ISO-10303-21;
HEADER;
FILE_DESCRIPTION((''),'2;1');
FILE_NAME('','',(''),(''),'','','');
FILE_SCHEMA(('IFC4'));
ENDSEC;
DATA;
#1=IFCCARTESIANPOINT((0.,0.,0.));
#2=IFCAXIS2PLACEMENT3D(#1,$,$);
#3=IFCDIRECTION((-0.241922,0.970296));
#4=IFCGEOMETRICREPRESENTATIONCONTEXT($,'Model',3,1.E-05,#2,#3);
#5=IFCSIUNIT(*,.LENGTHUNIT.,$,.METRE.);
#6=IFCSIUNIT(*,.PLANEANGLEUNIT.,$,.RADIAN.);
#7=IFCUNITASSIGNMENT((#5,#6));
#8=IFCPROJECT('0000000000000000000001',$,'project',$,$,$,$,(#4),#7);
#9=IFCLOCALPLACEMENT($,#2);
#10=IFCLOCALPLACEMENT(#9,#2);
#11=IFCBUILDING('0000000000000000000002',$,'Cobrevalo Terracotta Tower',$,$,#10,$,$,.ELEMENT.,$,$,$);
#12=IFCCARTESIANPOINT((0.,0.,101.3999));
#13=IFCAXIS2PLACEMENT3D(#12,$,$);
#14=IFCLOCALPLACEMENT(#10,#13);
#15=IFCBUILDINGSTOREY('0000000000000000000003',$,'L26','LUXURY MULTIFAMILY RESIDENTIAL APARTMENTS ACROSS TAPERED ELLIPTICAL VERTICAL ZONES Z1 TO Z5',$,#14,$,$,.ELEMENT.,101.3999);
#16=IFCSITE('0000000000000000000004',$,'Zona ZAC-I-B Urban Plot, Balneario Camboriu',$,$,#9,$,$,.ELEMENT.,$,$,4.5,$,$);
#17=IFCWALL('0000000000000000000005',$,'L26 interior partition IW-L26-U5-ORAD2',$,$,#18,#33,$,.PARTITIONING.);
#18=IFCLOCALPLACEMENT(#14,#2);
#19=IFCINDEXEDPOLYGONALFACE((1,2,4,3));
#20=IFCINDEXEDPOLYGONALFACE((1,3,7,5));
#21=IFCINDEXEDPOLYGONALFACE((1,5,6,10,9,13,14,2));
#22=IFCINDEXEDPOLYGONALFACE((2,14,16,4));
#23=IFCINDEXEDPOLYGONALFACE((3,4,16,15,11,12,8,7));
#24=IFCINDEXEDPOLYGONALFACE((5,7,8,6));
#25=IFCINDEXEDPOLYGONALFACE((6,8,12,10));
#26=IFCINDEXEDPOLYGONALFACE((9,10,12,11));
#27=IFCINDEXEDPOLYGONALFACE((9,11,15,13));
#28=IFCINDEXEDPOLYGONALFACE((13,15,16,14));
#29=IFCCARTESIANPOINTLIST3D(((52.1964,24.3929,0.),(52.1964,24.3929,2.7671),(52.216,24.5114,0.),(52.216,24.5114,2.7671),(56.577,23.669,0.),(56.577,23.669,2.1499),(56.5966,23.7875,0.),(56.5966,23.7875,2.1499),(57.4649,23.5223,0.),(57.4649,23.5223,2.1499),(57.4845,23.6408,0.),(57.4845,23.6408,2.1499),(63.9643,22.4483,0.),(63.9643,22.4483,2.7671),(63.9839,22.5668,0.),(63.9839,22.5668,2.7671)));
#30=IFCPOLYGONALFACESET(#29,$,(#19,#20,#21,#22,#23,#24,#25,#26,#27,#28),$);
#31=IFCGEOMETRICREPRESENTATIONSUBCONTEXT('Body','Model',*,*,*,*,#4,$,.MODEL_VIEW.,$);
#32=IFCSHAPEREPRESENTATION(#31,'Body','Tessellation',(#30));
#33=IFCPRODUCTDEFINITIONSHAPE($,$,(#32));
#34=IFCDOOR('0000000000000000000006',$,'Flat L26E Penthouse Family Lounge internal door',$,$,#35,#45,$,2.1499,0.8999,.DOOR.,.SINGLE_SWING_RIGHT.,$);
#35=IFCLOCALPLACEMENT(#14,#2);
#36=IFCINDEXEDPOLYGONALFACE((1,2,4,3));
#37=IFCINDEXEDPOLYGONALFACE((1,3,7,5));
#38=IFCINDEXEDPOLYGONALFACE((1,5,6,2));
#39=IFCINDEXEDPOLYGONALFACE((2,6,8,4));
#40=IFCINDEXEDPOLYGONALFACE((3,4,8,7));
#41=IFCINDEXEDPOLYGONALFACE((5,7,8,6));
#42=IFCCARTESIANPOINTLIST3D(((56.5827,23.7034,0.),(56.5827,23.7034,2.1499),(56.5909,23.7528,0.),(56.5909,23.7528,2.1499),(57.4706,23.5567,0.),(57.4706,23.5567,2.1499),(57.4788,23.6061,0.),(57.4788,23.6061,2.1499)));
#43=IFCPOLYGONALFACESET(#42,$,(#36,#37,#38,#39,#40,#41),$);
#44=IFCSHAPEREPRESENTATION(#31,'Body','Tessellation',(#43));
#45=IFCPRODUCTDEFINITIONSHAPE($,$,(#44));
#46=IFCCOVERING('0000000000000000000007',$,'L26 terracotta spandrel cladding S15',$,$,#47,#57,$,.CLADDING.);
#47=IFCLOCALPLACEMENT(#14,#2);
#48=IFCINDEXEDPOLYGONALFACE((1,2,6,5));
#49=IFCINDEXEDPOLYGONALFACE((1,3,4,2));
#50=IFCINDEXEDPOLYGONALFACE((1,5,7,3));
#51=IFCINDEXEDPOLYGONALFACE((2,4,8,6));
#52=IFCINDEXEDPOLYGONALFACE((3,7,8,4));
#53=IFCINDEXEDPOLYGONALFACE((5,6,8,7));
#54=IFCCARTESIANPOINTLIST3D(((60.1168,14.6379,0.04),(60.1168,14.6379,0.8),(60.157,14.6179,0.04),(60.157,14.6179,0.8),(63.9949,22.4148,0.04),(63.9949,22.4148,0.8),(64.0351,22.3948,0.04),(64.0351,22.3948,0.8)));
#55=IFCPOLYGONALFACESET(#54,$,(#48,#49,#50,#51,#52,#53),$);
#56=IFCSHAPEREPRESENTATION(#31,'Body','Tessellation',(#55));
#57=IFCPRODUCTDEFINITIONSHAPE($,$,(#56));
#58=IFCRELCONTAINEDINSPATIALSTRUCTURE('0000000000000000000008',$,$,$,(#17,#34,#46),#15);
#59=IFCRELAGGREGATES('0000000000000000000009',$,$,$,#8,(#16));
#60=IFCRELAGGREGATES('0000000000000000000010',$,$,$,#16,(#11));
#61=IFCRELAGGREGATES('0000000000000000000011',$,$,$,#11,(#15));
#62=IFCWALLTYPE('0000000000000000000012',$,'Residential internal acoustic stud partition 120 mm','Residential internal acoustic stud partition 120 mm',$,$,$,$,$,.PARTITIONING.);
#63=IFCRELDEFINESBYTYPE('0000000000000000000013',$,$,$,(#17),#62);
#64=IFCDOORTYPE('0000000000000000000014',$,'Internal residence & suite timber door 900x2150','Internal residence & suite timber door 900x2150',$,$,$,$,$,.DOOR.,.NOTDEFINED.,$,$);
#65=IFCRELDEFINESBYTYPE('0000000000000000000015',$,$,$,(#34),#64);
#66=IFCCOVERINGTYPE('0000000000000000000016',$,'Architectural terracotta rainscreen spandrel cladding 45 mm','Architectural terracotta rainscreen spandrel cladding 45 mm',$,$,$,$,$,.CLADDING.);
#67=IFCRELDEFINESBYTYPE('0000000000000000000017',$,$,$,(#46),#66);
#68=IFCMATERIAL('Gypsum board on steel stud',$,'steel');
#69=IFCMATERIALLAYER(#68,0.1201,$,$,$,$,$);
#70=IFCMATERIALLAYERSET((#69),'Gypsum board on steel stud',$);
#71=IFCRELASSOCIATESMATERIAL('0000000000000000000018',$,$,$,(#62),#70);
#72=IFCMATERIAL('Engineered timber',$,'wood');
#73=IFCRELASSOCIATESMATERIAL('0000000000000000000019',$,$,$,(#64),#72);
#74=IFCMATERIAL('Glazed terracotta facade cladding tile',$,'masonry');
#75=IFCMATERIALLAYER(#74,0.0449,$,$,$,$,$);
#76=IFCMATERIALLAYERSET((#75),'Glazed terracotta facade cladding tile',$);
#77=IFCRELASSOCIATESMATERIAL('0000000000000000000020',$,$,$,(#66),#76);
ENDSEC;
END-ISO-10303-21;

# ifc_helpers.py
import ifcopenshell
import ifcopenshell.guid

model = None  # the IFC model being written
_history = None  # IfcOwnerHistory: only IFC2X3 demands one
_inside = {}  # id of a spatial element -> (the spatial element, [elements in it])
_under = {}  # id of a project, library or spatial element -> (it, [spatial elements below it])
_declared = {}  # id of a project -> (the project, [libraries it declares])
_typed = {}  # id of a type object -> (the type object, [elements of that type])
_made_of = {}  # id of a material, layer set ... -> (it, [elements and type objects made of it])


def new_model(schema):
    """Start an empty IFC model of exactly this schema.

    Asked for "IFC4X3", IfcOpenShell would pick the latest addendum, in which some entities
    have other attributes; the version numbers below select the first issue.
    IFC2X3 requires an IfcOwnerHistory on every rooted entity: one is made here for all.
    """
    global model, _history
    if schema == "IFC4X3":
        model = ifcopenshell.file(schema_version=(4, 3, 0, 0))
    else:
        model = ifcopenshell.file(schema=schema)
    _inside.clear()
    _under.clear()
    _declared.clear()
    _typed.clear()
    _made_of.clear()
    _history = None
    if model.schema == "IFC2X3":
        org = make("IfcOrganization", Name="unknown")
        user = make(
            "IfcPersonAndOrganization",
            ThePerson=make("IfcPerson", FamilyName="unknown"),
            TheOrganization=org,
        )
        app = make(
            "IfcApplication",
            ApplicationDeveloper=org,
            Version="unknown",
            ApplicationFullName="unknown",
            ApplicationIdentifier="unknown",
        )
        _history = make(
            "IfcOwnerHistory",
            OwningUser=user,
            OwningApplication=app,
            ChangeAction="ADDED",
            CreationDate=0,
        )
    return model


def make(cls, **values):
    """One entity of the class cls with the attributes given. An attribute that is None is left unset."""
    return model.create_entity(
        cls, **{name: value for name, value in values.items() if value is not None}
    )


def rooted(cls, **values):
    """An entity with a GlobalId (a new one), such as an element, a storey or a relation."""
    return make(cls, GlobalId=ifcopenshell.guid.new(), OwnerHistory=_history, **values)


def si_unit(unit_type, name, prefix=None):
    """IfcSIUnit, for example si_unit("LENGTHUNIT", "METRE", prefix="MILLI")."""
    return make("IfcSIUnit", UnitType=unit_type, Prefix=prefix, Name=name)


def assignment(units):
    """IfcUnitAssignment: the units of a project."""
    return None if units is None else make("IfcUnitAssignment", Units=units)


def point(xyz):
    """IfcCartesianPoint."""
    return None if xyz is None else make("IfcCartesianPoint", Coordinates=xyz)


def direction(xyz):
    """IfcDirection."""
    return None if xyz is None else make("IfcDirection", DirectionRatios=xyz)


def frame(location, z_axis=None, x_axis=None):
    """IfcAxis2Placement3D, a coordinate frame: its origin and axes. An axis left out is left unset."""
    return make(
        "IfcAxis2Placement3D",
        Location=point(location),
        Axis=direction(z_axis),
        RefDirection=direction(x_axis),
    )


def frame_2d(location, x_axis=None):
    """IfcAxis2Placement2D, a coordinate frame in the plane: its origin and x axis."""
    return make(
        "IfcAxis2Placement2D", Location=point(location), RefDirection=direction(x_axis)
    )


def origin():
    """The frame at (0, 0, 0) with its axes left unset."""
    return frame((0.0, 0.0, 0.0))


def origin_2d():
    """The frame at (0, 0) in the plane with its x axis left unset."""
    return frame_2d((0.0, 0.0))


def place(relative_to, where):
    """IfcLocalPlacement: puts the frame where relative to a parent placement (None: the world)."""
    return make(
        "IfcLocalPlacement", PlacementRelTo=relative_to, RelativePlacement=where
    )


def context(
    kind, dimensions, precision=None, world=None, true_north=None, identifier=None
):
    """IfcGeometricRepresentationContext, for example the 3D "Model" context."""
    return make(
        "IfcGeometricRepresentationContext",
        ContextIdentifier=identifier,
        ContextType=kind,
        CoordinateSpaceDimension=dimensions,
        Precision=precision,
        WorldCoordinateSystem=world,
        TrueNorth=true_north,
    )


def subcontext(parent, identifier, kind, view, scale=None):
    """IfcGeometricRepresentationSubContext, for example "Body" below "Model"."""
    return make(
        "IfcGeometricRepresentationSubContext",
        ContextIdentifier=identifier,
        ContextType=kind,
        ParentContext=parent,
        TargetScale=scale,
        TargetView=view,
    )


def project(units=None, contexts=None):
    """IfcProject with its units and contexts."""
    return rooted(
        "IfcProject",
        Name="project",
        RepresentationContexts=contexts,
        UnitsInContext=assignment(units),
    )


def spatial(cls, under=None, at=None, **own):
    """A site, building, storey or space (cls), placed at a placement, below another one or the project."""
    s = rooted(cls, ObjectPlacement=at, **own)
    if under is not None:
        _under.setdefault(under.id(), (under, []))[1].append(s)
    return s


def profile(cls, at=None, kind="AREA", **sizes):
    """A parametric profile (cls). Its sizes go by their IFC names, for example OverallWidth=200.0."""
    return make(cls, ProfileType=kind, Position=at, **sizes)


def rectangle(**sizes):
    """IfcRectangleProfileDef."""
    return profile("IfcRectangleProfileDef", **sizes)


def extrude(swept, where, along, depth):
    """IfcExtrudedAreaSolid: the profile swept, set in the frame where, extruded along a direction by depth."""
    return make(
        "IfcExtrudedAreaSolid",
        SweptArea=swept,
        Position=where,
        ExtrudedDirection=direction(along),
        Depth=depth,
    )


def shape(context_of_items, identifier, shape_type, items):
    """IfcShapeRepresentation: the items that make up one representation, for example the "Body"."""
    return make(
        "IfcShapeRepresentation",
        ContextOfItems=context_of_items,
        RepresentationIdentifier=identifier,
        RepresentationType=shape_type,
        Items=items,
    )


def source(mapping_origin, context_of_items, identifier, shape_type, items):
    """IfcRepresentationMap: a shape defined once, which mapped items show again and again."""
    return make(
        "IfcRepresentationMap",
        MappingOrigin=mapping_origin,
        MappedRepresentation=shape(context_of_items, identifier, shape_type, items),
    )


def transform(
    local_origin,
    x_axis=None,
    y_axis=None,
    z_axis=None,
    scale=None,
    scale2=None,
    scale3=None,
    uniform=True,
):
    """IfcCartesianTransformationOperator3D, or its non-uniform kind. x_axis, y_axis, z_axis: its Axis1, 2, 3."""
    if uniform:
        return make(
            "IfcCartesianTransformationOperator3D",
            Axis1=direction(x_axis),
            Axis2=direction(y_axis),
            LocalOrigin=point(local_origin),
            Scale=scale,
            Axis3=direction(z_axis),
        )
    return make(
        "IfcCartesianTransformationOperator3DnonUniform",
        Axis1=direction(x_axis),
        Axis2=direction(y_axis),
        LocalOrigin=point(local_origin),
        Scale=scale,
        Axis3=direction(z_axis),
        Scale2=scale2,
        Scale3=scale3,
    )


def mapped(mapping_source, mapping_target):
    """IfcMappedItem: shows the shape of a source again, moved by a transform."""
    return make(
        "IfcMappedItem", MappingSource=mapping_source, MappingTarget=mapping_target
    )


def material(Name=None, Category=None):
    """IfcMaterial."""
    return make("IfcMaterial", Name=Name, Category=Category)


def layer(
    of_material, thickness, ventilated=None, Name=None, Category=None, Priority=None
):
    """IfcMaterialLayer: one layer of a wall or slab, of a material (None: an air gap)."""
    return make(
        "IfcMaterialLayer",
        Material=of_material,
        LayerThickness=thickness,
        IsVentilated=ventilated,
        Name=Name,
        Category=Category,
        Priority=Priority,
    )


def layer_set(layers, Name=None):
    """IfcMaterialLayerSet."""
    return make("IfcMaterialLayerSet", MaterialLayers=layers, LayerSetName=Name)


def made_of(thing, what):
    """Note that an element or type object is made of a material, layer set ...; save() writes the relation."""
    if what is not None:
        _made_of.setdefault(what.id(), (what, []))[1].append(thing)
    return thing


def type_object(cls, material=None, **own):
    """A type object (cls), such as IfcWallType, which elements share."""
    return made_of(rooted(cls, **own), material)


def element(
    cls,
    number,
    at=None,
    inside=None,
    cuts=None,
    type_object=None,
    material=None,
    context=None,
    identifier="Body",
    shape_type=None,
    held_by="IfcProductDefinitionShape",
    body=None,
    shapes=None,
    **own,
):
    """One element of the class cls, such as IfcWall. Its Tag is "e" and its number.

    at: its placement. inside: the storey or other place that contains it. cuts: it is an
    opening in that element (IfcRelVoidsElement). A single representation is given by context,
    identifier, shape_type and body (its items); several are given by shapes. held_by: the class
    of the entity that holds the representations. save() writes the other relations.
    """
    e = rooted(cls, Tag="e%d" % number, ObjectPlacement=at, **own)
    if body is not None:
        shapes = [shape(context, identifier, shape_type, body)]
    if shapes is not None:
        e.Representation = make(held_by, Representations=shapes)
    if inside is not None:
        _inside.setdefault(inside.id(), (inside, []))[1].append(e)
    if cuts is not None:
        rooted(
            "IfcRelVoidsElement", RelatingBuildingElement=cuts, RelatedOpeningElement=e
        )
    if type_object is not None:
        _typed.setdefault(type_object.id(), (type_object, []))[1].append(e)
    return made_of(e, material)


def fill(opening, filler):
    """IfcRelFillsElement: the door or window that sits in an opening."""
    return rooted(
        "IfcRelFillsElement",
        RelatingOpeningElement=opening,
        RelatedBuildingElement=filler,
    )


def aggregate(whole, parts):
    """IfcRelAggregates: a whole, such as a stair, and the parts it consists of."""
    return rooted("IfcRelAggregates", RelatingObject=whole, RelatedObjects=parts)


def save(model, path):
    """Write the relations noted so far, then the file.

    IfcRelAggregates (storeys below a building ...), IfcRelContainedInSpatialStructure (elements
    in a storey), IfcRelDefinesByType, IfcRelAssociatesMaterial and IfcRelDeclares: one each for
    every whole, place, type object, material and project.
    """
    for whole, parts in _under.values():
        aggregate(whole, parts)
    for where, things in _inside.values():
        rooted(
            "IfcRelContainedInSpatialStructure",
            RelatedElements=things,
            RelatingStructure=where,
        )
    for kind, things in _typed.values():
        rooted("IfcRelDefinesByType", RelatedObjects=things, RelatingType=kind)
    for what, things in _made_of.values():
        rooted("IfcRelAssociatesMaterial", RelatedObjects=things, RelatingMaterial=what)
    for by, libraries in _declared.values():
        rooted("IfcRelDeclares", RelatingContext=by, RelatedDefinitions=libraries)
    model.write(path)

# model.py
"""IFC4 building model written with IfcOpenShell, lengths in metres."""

from ifc_helpers import new_model, si_unit, direction, frame, frame_2d, origin, origin_2d, place, context, subcontext, project, spatial, rectangle, extrude, source, transform, mapped, material, layer, layer_set, type_object, element, fill, save


model = new_model("IFC4")

# Units and contexts
model_context = context("Model", 3, precision=1e-05, world=origin(), true_north=direction((-0.241922, 0.970296)))
body_context = subcontext(model_context, "Body", "Model", "MODEL_VIEW")
ifc_project = project(units=[si_unit("LENGTHUNIT", "METRE"), si_unit("PLANEANGLEUNIT", "RADIAN")], contexts=[model_context])

# Site, building, storey
site_placement = place(None, origin())
site = spatial("IfcSite", under=ifc_project, at=site_placement, Name="Zona ZAC-I-B Urban Plot, Balneario Camboriu", CompositionType="ELEMENT", RefElevation=4.5)
building_placement = place(site_placement, origin())
building = spatial("IfcBuilding", under=site, at=building_placement, Name="Cobrevalo Terracotta Tower", CompositionType="ELEMENT")
storey_placement = place(building_placement, frame((0.0, 0.0, 101.3999)))
storey = spatial("IfcBuildingStorey", under=building, at=storey_placement, Name="L26", Description="LUXURY MULTIFAMILY RESIDENTIAL APARTMENTS ACROSS TAPERED ELLIPTICAL VERTICAL ZONES Z1 TO Z5", CompositionType="ELEMENT", Elevation=101.3999)

# Wall, opening, door
ifc_material_1 = material(Name="Gypsum board on steel stud", Category="steel")
ifc_layer_1 = layer(ifc_material_1, 0.1201)
ifc_layer_set_1 = layer_set([ifc_layer_1], Name="Gypsum board on steel stud")
wall_type_1 = type_object("IfcWallType", Name="Residential internal acoustic stud partition 120 mm", Description="Residential internal acoustic stud partition 120 mm", PredefinedType="PARTITIONING", material=ifc_layer_set_1)
ifc_material_2 = material(Name="Engineered timber", Category="wood")
door_type_1 = type_object("IfcDoorType", Name="Internal residence & suite timber door 900x2150", Description="Internal residence & suite timber door 900x2150", OperationType="NOTDEFINED", PredefinedType="DOOR", material=ifc_material_2)
shared_shape_1 = source(origin(), body_context, "Body", "SweptSolid", [
    extrude(rectangle(XDim=0.8999, YDim=2.1499, at=frame_2d((0.45, 1.075))), frame((0.0, 0.0249, 0.0), z_axis=(0.0, -1.0, 0.0), x_axis=(1.0, 0.0, 0.0)), (0.0, 0.0, 1.0), 0.05),
])
wall_1_placement = place(storey_placement, frame((52.2061, 24.4521, 0.0), z_axis=(0.0, 0.0, 1.0), x_axis=(0.98662, -0.163035, 0.0)))
wall_1 = element("IfcWall", 1, at=wall_1_placement, inside=storey, type_object=wall_type_1, Name="L26 interior partition IW-L26-U5-ORAD2", PredefinedType="PARTITIONING", context=body_context, shape_type="SweptSolid", body=[
    extrude(rectangle(XDim=11.9275, YDim=0.1201, at=frame_2d((5.9639, 0.0))), origin(), (0.0, 0.0, 1.0), 2.7671),
])
opening_1_placement = place(wall_1_placement, frame((4.4402, 0.0, 0.0)))
opening_1 = element("IfcOpeningElement", 2, at=opening_1_placement, cuts=wall_1, PredefinedType="OPENING", context=body_context, shape_type="SweptSolid", body=[
    extrude(rectangle(XDim=0.8999, YDim=2.1499, at=frame_2d((0.45, 1.075))), frame((0.0, 0.0701, 0.0), z_axis=(0.0, -1.0, 0.0), x_axis=(1.0, 0.0, 0.0)), (0.0, 0.0, 1.0), 0.1401),
])
door_1_placement = place(opening_1_placement, origin())
door_1 = element("IfcDoor", 3, at=door_1_placement, inside=storey, type_object=door_type_1, Name="Flat L26E Penthouse Family Lounge internal door", OperationType="SINGLE_SWING_RIGHT", OverallHeight=2.1499, OverallWidth=0.8999, PredefinedType="DOOR", context=body_context, shape_type="MappedRepresentation", body=[
    mapped(shared_shape_1, transform((0.0, 0.0, 0.0), scale=1.0)),
])
fill(opening_1, door_1)

# Covering
ifc_material_3 = material(Name="Glazed terracotta facade cladding tile", Category="masonry")
ifc_layer_2 = layer(ifc_material_3, 0.0449)
ifc_layer_set_2 = layer_set([ifc_layer_2], Name="Glazed terracotta facade cladding tile")
covering_type = type_object("IfcCoveringType", Name="Architectural terracotta rainscreen spandrel cladding 45 mm", Description="Architectural terracotta rainscreen spandrel cladding 45 mm", PredefinedType="CLADDING", material=ifc_layer_set_2)
shared_shape_2 = source(origin(), body_context, "Body", "SweptSolid", [
    extrude(rectangle(XDim=8.6902, YDim=0.0449, at=origin_2d()), origin(), (0.0, 0.0, 1.0), 0.76),
])
covering_placement = place(storey_placement, frame((62.0759, 18.5164, 0.04), z_axis=(0.0, 0.0, 1.0), x_axis=(0.446262, 0.894902, 0.0)))
element("IfcCovering", 4, at=covering_placement, inside=storey, type_object=covering_type, Name="L26 terracotta spandrel cladding S15", PredefinedType="CLADDING", context=body_context, shape_type="MappedRepresentation", body=[
    mapped(shared_shape_2, transform((0.0, 0.0, 0.0), scale=1.0)),
])

save(model, "model.ifc")
